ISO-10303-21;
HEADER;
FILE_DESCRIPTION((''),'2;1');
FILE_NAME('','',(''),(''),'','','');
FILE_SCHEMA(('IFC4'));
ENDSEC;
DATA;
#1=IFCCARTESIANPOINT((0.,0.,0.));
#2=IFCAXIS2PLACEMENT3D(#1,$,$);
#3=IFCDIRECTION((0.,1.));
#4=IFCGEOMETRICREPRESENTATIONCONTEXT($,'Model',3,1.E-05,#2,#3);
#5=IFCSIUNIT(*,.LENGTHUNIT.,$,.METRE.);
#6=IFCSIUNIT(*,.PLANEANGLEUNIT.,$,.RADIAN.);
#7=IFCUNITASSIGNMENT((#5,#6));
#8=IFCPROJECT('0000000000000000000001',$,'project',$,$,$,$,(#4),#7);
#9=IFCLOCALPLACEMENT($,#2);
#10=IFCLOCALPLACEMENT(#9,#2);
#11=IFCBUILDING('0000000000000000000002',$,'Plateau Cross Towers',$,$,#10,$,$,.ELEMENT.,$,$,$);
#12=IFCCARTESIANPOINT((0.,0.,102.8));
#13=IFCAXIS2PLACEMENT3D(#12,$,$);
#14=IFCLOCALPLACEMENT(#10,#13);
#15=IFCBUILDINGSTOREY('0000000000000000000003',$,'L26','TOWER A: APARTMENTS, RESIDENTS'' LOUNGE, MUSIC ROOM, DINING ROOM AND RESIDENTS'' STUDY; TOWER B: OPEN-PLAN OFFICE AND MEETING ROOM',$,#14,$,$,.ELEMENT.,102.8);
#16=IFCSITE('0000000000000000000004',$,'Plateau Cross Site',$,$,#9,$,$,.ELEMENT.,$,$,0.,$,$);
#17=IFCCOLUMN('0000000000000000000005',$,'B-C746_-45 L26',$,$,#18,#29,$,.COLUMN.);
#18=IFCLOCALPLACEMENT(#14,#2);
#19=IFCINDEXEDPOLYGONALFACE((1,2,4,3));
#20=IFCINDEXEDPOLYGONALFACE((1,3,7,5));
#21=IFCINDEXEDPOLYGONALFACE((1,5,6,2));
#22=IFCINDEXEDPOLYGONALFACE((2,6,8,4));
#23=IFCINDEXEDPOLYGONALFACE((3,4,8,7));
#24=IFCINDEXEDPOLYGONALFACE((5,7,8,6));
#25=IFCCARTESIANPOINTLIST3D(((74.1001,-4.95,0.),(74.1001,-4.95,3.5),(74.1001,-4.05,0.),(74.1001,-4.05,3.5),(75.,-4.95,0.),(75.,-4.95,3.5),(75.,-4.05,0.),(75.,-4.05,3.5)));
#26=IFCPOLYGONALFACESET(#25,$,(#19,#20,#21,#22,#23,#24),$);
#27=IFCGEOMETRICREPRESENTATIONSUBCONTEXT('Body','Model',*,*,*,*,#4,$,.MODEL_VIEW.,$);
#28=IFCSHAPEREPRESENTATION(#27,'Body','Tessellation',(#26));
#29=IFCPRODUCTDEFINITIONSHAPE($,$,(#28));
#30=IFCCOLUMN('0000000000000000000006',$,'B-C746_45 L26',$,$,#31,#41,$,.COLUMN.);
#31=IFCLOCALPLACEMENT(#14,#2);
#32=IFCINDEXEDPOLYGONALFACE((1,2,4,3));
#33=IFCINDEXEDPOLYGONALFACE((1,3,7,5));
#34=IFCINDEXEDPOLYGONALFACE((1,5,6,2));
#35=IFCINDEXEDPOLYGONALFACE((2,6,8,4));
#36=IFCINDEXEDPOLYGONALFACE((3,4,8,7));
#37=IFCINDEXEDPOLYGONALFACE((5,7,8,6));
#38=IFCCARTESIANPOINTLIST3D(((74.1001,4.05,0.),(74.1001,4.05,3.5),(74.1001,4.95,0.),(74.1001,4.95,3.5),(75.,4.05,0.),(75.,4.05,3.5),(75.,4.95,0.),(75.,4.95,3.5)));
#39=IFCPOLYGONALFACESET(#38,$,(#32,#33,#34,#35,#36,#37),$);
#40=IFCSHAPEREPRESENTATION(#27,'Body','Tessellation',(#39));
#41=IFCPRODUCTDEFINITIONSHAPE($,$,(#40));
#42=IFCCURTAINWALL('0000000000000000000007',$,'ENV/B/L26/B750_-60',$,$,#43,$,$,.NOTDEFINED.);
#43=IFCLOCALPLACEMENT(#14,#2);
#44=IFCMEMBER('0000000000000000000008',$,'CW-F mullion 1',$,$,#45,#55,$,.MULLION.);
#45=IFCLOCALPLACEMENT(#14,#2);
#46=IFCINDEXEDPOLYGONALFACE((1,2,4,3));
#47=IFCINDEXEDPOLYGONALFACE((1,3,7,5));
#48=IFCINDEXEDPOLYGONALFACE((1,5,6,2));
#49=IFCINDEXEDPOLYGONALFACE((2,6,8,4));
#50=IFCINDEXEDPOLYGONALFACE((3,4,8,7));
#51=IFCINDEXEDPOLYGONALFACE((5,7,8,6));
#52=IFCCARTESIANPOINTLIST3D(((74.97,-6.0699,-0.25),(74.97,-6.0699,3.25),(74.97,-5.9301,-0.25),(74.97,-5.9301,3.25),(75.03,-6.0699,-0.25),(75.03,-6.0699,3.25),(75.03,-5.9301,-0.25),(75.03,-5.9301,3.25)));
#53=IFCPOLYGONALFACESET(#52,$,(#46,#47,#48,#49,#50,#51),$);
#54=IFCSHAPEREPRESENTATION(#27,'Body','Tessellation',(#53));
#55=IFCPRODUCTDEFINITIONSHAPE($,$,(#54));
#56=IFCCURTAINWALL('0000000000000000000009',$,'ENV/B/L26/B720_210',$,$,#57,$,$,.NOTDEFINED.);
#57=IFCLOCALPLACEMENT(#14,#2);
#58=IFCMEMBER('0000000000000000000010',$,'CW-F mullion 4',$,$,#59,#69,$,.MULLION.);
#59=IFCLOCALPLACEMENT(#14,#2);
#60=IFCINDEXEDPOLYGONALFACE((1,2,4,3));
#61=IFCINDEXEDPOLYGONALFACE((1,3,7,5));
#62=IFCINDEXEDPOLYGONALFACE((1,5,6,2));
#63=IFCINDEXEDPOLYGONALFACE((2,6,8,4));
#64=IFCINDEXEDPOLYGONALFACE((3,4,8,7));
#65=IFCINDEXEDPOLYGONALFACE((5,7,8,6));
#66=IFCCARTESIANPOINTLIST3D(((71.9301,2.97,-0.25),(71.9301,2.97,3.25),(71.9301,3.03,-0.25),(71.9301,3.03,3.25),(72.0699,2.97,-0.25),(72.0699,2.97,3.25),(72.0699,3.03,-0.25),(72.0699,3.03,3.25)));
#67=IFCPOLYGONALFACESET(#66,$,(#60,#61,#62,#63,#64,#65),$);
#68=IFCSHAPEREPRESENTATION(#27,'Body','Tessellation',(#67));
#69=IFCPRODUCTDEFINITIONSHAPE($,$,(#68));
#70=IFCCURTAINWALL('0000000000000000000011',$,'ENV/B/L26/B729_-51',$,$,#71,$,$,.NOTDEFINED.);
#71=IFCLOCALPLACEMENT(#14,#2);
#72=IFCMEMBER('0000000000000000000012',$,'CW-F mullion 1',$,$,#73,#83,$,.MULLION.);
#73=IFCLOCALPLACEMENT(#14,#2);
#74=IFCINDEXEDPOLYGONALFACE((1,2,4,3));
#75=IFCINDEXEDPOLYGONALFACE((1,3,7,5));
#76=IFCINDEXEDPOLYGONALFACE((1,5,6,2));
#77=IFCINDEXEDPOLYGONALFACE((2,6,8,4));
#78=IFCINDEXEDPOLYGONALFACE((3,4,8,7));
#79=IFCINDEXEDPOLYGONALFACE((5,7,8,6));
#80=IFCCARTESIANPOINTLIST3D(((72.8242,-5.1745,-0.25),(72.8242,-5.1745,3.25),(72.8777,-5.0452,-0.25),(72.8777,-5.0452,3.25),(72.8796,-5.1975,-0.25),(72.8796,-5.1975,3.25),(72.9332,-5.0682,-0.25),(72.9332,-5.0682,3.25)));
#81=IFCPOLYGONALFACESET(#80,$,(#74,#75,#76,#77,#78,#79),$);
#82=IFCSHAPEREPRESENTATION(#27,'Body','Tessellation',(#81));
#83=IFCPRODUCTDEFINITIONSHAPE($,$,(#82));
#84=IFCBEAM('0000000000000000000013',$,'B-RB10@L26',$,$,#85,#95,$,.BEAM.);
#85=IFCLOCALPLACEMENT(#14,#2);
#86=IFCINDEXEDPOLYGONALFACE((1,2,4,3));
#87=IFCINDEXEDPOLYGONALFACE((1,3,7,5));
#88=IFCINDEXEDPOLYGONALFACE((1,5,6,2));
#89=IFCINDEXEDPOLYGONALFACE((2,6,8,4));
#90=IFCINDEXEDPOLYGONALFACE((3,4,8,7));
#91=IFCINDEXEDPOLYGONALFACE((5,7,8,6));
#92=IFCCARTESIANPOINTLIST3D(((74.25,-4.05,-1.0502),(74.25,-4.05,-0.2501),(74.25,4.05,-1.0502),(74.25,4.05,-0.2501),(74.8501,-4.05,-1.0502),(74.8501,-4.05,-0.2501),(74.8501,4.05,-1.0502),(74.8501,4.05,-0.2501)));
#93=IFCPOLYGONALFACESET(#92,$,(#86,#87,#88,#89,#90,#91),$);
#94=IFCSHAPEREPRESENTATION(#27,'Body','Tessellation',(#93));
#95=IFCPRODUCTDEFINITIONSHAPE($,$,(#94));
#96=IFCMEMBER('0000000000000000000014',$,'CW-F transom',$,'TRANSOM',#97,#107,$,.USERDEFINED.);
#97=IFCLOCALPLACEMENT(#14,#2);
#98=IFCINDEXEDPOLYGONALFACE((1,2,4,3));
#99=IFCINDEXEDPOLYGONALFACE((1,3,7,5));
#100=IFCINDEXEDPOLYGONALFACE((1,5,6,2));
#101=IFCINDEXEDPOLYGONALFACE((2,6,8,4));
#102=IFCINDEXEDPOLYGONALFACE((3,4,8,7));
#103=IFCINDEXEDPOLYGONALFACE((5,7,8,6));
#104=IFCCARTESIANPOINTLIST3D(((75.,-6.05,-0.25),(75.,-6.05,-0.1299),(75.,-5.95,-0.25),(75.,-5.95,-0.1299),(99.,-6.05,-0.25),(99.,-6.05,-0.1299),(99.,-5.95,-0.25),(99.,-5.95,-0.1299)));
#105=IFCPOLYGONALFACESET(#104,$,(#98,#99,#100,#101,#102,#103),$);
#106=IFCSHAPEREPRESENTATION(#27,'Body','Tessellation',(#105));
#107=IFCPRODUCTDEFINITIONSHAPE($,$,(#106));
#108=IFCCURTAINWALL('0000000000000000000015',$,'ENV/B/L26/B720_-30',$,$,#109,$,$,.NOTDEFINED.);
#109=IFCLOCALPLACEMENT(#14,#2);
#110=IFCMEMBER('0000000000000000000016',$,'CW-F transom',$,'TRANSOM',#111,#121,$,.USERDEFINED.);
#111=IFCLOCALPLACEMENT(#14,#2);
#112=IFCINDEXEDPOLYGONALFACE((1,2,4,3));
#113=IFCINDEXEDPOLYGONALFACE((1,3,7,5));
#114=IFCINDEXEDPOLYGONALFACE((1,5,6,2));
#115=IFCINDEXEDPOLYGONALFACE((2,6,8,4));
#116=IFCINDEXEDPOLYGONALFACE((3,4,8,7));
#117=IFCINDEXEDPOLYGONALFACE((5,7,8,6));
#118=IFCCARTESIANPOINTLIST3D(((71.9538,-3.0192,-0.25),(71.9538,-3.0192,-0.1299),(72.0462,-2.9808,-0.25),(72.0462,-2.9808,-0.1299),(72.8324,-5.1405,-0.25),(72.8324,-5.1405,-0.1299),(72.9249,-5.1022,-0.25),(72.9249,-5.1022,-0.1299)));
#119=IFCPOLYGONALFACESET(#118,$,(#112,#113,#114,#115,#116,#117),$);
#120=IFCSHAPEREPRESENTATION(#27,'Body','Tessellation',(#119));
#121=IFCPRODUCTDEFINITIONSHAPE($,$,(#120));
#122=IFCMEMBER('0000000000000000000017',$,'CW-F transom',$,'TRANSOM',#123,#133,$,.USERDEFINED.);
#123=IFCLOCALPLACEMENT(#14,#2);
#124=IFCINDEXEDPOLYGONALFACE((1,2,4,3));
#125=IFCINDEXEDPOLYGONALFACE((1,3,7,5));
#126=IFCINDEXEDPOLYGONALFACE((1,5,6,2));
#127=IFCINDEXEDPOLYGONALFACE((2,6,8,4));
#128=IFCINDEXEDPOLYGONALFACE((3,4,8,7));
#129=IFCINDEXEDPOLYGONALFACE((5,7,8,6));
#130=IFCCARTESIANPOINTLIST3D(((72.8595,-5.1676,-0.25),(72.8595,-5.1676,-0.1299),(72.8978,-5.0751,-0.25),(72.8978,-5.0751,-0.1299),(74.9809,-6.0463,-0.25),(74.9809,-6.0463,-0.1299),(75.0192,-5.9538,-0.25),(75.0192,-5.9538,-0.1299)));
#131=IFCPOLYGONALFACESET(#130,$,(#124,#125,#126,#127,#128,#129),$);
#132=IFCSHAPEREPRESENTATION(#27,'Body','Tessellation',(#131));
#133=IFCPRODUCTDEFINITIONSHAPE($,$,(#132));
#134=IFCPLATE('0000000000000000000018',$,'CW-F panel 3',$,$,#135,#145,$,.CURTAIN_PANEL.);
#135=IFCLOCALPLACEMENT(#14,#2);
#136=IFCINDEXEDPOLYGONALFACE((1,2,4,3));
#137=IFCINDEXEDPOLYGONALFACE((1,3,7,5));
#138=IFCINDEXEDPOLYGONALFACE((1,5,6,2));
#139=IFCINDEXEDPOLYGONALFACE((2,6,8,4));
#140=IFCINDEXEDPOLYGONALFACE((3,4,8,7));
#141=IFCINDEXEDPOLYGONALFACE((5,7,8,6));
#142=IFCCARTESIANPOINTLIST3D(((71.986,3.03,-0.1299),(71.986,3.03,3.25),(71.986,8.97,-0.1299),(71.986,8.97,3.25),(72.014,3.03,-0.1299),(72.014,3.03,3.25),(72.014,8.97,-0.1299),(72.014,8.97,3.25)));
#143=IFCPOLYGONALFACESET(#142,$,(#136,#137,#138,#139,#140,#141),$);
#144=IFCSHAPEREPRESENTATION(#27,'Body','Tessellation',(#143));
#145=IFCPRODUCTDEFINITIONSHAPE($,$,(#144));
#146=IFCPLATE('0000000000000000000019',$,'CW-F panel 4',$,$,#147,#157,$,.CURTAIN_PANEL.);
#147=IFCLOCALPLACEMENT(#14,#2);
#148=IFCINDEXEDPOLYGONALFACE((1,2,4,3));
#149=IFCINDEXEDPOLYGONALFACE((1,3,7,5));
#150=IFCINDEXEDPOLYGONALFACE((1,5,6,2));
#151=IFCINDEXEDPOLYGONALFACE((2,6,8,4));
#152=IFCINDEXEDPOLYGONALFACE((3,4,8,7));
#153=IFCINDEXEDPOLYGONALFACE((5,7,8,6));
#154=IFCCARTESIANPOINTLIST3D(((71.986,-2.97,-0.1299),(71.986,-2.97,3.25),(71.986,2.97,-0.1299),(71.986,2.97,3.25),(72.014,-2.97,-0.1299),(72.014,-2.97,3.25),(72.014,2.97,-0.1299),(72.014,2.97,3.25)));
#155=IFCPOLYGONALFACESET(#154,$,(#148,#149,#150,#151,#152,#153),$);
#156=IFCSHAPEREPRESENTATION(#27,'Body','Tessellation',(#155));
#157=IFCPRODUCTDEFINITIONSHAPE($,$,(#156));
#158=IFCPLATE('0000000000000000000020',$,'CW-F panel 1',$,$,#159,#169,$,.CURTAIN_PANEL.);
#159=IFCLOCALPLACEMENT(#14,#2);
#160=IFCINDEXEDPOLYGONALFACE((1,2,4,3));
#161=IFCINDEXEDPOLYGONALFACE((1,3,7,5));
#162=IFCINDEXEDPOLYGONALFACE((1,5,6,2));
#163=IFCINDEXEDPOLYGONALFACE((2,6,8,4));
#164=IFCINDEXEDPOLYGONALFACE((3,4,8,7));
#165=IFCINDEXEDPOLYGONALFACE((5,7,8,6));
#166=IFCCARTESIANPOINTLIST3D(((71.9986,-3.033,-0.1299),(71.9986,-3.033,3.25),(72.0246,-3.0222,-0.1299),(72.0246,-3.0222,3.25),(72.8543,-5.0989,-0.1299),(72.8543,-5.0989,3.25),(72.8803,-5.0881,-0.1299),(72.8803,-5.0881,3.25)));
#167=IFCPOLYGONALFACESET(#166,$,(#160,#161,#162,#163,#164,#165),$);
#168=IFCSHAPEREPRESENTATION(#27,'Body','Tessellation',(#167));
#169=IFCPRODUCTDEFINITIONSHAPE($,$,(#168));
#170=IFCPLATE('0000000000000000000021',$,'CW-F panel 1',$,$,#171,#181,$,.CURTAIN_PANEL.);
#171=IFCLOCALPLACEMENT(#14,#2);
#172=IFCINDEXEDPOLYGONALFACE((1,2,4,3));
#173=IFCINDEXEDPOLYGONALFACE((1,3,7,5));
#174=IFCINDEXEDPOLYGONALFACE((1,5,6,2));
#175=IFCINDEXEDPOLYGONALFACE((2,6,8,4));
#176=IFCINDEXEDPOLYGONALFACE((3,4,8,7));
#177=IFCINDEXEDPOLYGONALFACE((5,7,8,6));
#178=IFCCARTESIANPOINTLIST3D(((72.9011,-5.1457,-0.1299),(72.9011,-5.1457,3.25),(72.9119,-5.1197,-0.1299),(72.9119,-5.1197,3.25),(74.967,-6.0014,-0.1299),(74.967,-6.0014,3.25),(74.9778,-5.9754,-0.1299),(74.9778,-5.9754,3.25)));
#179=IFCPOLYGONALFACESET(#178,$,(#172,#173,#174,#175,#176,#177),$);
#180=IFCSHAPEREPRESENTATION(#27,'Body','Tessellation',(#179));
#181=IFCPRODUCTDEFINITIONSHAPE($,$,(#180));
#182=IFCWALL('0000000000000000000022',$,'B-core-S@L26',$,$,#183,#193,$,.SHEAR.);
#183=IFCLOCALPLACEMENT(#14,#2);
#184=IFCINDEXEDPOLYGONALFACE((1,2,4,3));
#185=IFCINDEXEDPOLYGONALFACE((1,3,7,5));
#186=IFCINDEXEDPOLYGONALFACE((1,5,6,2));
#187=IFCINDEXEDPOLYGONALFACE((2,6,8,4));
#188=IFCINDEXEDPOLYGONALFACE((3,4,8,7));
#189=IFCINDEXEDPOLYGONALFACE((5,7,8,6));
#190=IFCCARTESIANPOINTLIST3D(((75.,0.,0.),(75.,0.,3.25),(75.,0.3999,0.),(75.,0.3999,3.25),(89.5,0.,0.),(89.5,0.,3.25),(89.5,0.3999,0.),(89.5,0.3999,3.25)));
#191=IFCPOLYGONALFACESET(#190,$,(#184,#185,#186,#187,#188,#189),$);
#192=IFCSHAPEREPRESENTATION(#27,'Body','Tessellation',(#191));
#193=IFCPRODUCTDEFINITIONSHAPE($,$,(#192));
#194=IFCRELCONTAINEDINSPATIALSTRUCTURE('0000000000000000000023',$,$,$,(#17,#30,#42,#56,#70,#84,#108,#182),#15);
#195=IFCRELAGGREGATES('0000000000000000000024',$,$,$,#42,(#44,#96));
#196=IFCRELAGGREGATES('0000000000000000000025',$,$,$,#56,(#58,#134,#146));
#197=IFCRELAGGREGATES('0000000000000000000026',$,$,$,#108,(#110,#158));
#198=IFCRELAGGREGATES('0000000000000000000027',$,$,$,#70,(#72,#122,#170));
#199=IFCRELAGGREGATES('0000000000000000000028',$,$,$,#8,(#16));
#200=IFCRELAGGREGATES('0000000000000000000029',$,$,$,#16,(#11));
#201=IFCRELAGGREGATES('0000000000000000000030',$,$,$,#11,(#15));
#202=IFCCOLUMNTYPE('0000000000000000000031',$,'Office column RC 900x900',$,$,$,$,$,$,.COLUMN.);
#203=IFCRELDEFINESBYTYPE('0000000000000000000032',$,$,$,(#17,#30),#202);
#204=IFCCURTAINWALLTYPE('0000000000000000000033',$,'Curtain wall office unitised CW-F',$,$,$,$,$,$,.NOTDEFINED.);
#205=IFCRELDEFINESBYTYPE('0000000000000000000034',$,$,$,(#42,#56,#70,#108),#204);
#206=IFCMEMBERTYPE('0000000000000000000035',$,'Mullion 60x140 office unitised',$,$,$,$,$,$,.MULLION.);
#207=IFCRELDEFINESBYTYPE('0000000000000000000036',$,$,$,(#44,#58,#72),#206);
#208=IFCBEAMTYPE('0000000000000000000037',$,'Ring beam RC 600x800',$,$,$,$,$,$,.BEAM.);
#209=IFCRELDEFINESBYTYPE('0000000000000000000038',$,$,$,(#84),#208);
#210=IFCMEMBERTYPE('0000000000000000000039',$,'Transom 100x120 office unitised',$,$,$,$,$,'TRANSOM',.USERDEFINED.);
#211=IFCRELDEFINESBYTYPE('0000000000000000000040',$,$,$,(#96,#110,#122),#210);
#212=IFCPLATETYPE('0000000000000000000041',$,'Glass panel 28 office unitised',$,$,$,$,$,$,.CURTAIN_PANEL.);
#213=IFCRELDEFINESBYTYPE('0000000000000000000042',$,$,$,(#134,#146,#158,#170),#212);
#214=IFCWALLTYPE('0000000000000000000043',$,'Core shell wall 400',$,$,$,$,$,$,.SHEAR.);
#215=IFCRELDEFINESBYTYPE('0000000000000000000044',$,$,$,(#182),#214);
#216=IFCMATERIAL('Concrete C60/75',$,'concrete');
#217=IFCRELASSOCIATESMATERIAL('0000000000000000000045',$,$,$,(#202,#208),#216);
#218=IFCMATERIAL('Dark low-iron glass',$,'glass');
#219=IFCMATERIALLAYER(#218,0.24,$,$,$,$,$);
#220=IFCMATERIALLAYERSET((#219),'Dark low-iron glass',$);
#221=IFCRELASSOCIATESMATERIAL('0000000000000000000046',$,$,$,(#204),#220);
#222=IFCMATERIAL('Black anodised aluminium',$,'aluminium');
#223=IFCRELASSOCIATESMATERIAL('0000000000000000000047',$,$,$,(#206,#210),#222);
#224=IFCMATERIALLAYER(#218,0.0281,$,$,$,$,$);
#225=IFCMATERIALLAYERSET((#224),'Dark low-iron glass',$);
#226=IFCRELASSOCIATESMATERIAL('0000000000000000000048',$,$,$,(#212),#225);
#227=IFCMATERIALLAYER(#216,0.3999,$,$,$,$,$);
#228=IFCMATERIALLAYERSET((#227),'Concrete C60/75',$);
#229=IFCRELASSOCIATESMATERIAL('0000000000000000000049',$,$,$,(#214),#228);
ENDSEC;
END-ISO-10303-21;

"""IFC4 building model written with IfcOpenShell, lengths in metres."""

from ifc_helpers import new_model, si_unit, direction, frame, frame_2d, origin, origin_2d, place, context, subcontext, project, spatial, rectangle, extrude, material, layer, layer_set, material_profile, profile_set, type_object, element, aggregate, save


model = new_model("IFC4")

# Units and contexts
model_context = context("Model", 3, precision=1e-05, world=origin(), true_north=direction((0.0, 1.0)))
body_context = subcontext(model_context, "Body", "Model", "MODEL_VIEW")
ifc_project = project(units=[si_unit("LENGTHUNIT", "METRE"), si_unit("PLANEANGLEUNIT", "RADIAN")], contexts=[model_context])

# Site, building, storey
site_placement = place(None, origin())
site = spatial("IfcSite", under=ifc_project, at=site_placement, Name="Plateau Cross Site", CompositionType="ELEMENT", RefElevation=0.0)
building_placement = place(site_placement, origin())
building = spatial("IfcBuilding", under=site, at=building_placement, Name="Plateau Cross Towers", CompositionType="ELEMENT")
storey_placement = place(building_placement, frame((0.0, 0.0, 102.8)))
storey = spatial("IfcBuildingStorey", under=building, at=storey_placement, Name="L26", Description="TOWER A: APARTMENTS, RESIDENTS' LOUNGE, MUSIC ROOM, DINING ROOM AND RESIDENTS' STUDY; TOWER B: OPEN-PLAN OFFICE AND MEETING ROOM", CompositionType="ELEMENT", Elevation=102.8)

# Columns
ifc_material_1 = material(Name="Concrete C60/75", Category="concrete")
ifc_material_profile_1 = material_profile(ifc_material_1, rectangle(XDim=0.8999, YDim=0.8999, at=origin_2d()), Name="RC 900x900")
ifc_profile_set_1 = profile_set([ifc_material_profile_1], Name="Concrete C60/75")
column_type = type_object("IfcColumnType", Name="Office column RC 900x900", PredefinedType="COLUMN", material=ifc_profile_set_1)
for number, where, z_axis, x_axis, name in (
    (1, (74.55, -4.5, 0.0), (0.0, 0.0, 1.0), (1.0, 0.0, 0.0), "B-C746_-45 L26"),
    (2, (74.55, 4.5, 0.0), (0.0, 0.0, 1.0), (1.0, 0.0, 0.0), "B-C746_45 L26"),
):
    element("IfcColumn", number, at=place(storey_placement, frame(where, z_axis=z_axis, x_axis=x_axis)), inside=storey, type_object=column_type, Name=name, PredefinedType="COLUMN", context=body_context, shape_type="SweptSolid", body=[
        extrude(rectangle(XDim=0.8999, YDim=0.8999, at=origin_2d()), origin(), (0.0, 0.0, 1.0), 3.5),
    ])

# Curtain walls, members
ifc_material_2 = material(Name="Dark low-iron glass", Category="glass")
ifc_layer_1 = layer(ifc_material_2, 0.24)
ifc_layer_set_1 = layer_set([ifc_layer_1], Name="Dark low-iron glass")
curtain_wall_type = type_object("IfcCurtainWallType", Name="Curtain wall office unitised CW-F", PredefinedType="NOTDEFINED", material=ifc_layer_set_1)
curtain_wall_1_placement = place(storey_placement, origin())
curtain_wall_1 = element("IfcCurtainWall", 3, at=curtain_wall_1_placement, inside=storey, type_object=curtain_wall_type, Name="ENV/B/L26/B750_-60", PredefinedType="NOTDEFINED")
ifc_material_3 = material(Name="Black anodised aluminium", Category="aluminium")
ifc_material_profile_2 = material_profile(ifc_material_3, rectangle(XDim=0.0601, YDim=0.1399, at=origin_2d()), Name="MULLION 60x140")
ifc_profile_set_2 = profile_set([ifc_material_profile_2], Name="Black anodised aluminium")
member_type_1 = type_object("IfcMemberType", Name="Mullion 60x140 office unitised", PredefinedType="MULLION", material=ifc_profile_set_2)
member_1_placement = place(storey_placement, frame((75.0, -6.0, -0.25), z_axis=(0.0, 0.0, 1.0), x_axis=(1.0, 0.0, 0.0)))
member_1 = element("IfcMember", 4, at=member_1_placement, type_object=member_type_1, Name="CW-F mullion 1", PredefinedType="MULLION", context=body_context, shape_type="SweptSolid", body=[
    extrude(rectangle(XDim=0.0601, YDim=0.1399, at=origin_2d()), origin(), (0.0, 0.0, 1.0), 3.5),
])
curtain_wall_2_placement = place(storey_placement, origin())
curtain_wall_2 = element("IfcCurtainWall", 5, at=curtain_wall_2_placement, inside=storey, type_object=curtain_wall_type, Name="ENV/B/L26/B720_210", PredefinedType="NOTDEFINED")
member_2_placement = place(storey_placement, frame((72.0, 3.0, -0.25), z_axis=(0.0, 0.0, 1.0), x_axis=(0.0, -1.0, 0.0)))
member_2 = element("IfcMember", 6, at=member_2_placement, type_object=member_type_1, Name="CW-F mullion 4", PredefinedType="MULLION", context=body_context, shape_type="SweptSolid", body=[
    extrude(rectangle(XDim=0.0601, YDim=0.1399, at=origin_2d()), origin(), (0.0, 0.0, 1.0), 3.5),
])
curtain_wall_3_placement = place(storey_placement, origin())
curtain_wall_3 = element("IfcCurtainWall", 7, at=curtain_wall_3_placement, inside=storey, type_object=curtain_wall_type, Name="ENV/B/L26/B729_-51", PredefinedType="NOTDEFINED")
member_3_placement = place(storey_placement, frame((72.8787, -5.1213, -0.25), z_axis=(0.0, 0.0, 1.0), x_axis=(0.923879, -0.382684, 0.0)))
member_3 = element("IfcMember", 8, at=member_3_placement, type_object=member_type_1, Name="CW-F mullion 1", PredefinedType="MULLION", context=body_context, shape_type="SweptSolid", body=[
    extrude(rectangle(XDim=0.0601, YDim=0.1399, at=origin_2d()), origin(), (0.0, 0.0, 1.0), 3.5),
])

# Beam
ifc_material_profile_3 = material_profile(ifc_material_1, rectangle(XDim=0.6001, YDim=0.8, at=origin_2d()), Name="RC 600x800")
ifc_profile_set_3 = profile_set([ifc_material_profile_3], Name="Concrete C60/75")
beam_type = type_object("IfcBeamType", Name="Ring beam RC 600x800", PredefinedType="BEAM", material=ifc_profile_set_3)
beam_placement = place(storey_placement, frame((74.55, 4.05, -0.6501), z_axis=(0.0, -1.0, 0.0), x_axis=(1.0, 0.0, 0.0)))
element("IfcBeam", 9, at=beam_placement, inside=storey, type_object=beam_type, Name="B-RB10@L26", PredefinedType="BEAM", context=body_context, shape_type="SweptSolid", body=[
    extrude(rectangle(XDim=0.6001, YDim=0.8, at=origin_2d()), origin(), (0.0, 0.0, 1.0), 8.1001),
])

# Member
ifc_material_profile_4 = material_profile(ifc_material_3, rectangle(XDim=0.1001, YDim=0.1201, at=origin_2d()), Name="TRANSOM 100x120")
ifc_profile_set_4 = profile_set([ifc_material_profile_4], Name="Black anodised aluminium")
member_type_2 = type_object("IfcMemberType", Name="Transom 100x120 office unitised", ElementType="TRANSOM", PredefinedType="USERDEFINED", material=ifc_profile_set_4)
member_4_placement = place(storey_placement, frame((75.0, -6.0, -0.1899), z_axis=(1.0, 0.0, 0.0), x_axis=(0.0, 1.0, 0.0)))
member_4 = element("IfcMember", 10, at=member_4_placement, type_object=member_type_2, Name="CW-F transom", ObjectType="TRANSOM", PredefinedType="USERDEFINED", context=body_context, shape_type="SweptSolid", body=[
    extrude(rectangle(XDim=0.1001, YDim=0.1201, at=origin_2d()), origin(), (0.0, 0.0, 1.0), 24.0),
])
aggregate(curtain_wall_1, [member_1, member_4])

# Curtain wall, member
curtain_wall_4_placement = place(storey_placement, origin())
curtain_wall_4 = element("IfcCurtainWall", 11, at=curtain_wall_4_placement, inside=storey, type_object=curtain_wall_type, Name="ENV/B/L26/B720_-30", PredefinedType="NOTDEFINED")
member_5_placement = place(storey_placement, frame((72.0, -3.0, -0.1899), z_axis=(0.382674, -0.923883, 0.0), x_axis=(0.923883, 0.382674, 0.0)))
member_5 = element("IfcMember", 12, at=member_5_placement, type_object=member_type_2, Name="CW-F transom", ObjectType="TRANSOM", PredefinedType="USERDEFINED", context=body_context, shape_type="SweptSolid", body=[
    extrude(rectangle(XDim=0.1001, YDim=0.1201, at=origin_2d()), origin(), (0.0, 0.0, 1.0), 2.2961),
])

# Member
member_6_placement = place(storey_placement, frame((72.8787, -5.1213, -0.1899), z_axis=(0.923883, -0.382674, 0.0), x_axis=(0.382674, 0.923883, 0.0)))
member_6 = element("IfcMember", 13, at=member_6_placement, type_object=member_type_2, Name="CW-F transom", ObjectType="TRANSOM", PredefinedType="USERDEFINED", context=body_context, shape_type="SweptSolid", body=[
    extrude(rectangle(XDim=0.1001, YDim=0.1201, at=origin_2d()), origin(), (0.0, 0.0, 1.0), 2.2961),
])

# Plates
ifc_layer_2 = layer(ifc_material_2, 0.0281)
ifc_layer_set_2 = layer_set([ifc_layer_2], Name="Dark low-iron glass")
plate_type = type_object("IfcPlateType", Name="Glass panel 28 office unitised", PredefinedType="CURTAIN_PANEL", material=ifc_layer_set_2)
plate_1_placement = place(storey_placement, frame((72.0, 6.0, -0.1299), z_axis=(0.0, 0.0, 1.0), x_axis=(0.0, -1.0, 0.0)))
plate_1 = element("IfcPlate", 14, at=plate_1_placement, type_object=plate_type, Name="CW-F panel 3", PredefinedType="CURTAIN_PANEL", context=body_context, shape_type="SweptSolid", body=[
    extrude(rectangle(XDim=5.9399, YDim=0.0281, at=origin_2d()), origin(), (0.0, 0.0, 1.0), 3.3799),
])
plate_2_placement = place(storey_placement, frame((72.0, 0.0, -0.1299), z_axis=(0.0, 0.0, 1.0), x_axis=(0.0, -1.0, 0.0)))
plate_2 = element("IfcPlate", 15, at=plate_2_placement, type_object=plate_type, Name="CW-F panel 4", PredefinedType="CURTAIN_PANEL", context=body_context, shape_type="SweptSolid", body=[
    extrude(rectangle(XDim=5.9399, YDim=0.0281, at=origin_2d()), origin(), (0.0, 0.0, 1.0), 3.3799),
])
aggregate(curtain_wall_2, [member_2, plate_1, plate_2])
plate_3_placement = place(storey_placement, frame((72.4395, -4.0605, -0.1299), z_axis=(0.0, 0.0, 1.0), x_axis=(0.382684, -0.923879, 0.0)))
plate_3 = element("IfcPlate", 16, at=plate_3_placement, type_object=plate_type, Name="CW-F panel 1", PredefinedType="CURTAIN_PANEL", context=body_context, shape_type="SweptSolid", body=[
    extrude(rectangle(XDim=2.2361, YDim=0.0281, at=origin_2d()), origin(), (0.0, 0.0, 1.0), 3.3799),
])
aggregate(curtain_wall_4, [member_5, plate_3])
plate_4_placement = place(storey_placement, frame((73.9395, -5.5605, -0.1299), z_axis=(0.0, 0.0, 1.0), x_axis=(0.923879, -0.382684, 0.0)))
plate_4 = element("IfcPlate", 17, at=plate_4_placement, type_object=plate_type, Name="CW-F panel 1", PredefinedType="CURTAIN_PANEL", context=body_context, shape_type="SweptSolid", body=[
    extrude(rectangle(XDim=2.2361, YDim=0.0281, at=origin_2d()), origin(), (0.0, 0.0, 1.0), 3.3799),
])
aggregate(curtain_wall_3, [member_3, member_6, plate_4])

# Wall
ifc_layer_3 = layer(ifc_material_1, 0.3999)
ifc_layer_set_3 = layer_set([ifc_layer_3], Name="Concrete C60/75")
wall_type_1 = type_object("IfcWallType", Name="Core shell wall 400", PredefinedType="SHEAR", material=ifc_layer_set_3)
wall_1_placement = place(storey_placement, frame((75.0, 0.2, 0.0), z_axis=(0.0, 0.0, 1.0), x_axis=(1.0, 0.0, 0.0)))
element("IfcWall", 18, at=wall_1_placement, inside=storey, type_object=wall_type_1, Name="B-core-S@L26", PredefinedType="SHEAR", context=body_context, shape_type="SweptSolid", body=[
    extrude(rectangle(XDim=14.5, YDim=0.3999, at=frame_2d((7.25, 0.0))), origin(), (0.0, 0.0, 1.0), 3.25),
])

save(model, "model.ifc")
